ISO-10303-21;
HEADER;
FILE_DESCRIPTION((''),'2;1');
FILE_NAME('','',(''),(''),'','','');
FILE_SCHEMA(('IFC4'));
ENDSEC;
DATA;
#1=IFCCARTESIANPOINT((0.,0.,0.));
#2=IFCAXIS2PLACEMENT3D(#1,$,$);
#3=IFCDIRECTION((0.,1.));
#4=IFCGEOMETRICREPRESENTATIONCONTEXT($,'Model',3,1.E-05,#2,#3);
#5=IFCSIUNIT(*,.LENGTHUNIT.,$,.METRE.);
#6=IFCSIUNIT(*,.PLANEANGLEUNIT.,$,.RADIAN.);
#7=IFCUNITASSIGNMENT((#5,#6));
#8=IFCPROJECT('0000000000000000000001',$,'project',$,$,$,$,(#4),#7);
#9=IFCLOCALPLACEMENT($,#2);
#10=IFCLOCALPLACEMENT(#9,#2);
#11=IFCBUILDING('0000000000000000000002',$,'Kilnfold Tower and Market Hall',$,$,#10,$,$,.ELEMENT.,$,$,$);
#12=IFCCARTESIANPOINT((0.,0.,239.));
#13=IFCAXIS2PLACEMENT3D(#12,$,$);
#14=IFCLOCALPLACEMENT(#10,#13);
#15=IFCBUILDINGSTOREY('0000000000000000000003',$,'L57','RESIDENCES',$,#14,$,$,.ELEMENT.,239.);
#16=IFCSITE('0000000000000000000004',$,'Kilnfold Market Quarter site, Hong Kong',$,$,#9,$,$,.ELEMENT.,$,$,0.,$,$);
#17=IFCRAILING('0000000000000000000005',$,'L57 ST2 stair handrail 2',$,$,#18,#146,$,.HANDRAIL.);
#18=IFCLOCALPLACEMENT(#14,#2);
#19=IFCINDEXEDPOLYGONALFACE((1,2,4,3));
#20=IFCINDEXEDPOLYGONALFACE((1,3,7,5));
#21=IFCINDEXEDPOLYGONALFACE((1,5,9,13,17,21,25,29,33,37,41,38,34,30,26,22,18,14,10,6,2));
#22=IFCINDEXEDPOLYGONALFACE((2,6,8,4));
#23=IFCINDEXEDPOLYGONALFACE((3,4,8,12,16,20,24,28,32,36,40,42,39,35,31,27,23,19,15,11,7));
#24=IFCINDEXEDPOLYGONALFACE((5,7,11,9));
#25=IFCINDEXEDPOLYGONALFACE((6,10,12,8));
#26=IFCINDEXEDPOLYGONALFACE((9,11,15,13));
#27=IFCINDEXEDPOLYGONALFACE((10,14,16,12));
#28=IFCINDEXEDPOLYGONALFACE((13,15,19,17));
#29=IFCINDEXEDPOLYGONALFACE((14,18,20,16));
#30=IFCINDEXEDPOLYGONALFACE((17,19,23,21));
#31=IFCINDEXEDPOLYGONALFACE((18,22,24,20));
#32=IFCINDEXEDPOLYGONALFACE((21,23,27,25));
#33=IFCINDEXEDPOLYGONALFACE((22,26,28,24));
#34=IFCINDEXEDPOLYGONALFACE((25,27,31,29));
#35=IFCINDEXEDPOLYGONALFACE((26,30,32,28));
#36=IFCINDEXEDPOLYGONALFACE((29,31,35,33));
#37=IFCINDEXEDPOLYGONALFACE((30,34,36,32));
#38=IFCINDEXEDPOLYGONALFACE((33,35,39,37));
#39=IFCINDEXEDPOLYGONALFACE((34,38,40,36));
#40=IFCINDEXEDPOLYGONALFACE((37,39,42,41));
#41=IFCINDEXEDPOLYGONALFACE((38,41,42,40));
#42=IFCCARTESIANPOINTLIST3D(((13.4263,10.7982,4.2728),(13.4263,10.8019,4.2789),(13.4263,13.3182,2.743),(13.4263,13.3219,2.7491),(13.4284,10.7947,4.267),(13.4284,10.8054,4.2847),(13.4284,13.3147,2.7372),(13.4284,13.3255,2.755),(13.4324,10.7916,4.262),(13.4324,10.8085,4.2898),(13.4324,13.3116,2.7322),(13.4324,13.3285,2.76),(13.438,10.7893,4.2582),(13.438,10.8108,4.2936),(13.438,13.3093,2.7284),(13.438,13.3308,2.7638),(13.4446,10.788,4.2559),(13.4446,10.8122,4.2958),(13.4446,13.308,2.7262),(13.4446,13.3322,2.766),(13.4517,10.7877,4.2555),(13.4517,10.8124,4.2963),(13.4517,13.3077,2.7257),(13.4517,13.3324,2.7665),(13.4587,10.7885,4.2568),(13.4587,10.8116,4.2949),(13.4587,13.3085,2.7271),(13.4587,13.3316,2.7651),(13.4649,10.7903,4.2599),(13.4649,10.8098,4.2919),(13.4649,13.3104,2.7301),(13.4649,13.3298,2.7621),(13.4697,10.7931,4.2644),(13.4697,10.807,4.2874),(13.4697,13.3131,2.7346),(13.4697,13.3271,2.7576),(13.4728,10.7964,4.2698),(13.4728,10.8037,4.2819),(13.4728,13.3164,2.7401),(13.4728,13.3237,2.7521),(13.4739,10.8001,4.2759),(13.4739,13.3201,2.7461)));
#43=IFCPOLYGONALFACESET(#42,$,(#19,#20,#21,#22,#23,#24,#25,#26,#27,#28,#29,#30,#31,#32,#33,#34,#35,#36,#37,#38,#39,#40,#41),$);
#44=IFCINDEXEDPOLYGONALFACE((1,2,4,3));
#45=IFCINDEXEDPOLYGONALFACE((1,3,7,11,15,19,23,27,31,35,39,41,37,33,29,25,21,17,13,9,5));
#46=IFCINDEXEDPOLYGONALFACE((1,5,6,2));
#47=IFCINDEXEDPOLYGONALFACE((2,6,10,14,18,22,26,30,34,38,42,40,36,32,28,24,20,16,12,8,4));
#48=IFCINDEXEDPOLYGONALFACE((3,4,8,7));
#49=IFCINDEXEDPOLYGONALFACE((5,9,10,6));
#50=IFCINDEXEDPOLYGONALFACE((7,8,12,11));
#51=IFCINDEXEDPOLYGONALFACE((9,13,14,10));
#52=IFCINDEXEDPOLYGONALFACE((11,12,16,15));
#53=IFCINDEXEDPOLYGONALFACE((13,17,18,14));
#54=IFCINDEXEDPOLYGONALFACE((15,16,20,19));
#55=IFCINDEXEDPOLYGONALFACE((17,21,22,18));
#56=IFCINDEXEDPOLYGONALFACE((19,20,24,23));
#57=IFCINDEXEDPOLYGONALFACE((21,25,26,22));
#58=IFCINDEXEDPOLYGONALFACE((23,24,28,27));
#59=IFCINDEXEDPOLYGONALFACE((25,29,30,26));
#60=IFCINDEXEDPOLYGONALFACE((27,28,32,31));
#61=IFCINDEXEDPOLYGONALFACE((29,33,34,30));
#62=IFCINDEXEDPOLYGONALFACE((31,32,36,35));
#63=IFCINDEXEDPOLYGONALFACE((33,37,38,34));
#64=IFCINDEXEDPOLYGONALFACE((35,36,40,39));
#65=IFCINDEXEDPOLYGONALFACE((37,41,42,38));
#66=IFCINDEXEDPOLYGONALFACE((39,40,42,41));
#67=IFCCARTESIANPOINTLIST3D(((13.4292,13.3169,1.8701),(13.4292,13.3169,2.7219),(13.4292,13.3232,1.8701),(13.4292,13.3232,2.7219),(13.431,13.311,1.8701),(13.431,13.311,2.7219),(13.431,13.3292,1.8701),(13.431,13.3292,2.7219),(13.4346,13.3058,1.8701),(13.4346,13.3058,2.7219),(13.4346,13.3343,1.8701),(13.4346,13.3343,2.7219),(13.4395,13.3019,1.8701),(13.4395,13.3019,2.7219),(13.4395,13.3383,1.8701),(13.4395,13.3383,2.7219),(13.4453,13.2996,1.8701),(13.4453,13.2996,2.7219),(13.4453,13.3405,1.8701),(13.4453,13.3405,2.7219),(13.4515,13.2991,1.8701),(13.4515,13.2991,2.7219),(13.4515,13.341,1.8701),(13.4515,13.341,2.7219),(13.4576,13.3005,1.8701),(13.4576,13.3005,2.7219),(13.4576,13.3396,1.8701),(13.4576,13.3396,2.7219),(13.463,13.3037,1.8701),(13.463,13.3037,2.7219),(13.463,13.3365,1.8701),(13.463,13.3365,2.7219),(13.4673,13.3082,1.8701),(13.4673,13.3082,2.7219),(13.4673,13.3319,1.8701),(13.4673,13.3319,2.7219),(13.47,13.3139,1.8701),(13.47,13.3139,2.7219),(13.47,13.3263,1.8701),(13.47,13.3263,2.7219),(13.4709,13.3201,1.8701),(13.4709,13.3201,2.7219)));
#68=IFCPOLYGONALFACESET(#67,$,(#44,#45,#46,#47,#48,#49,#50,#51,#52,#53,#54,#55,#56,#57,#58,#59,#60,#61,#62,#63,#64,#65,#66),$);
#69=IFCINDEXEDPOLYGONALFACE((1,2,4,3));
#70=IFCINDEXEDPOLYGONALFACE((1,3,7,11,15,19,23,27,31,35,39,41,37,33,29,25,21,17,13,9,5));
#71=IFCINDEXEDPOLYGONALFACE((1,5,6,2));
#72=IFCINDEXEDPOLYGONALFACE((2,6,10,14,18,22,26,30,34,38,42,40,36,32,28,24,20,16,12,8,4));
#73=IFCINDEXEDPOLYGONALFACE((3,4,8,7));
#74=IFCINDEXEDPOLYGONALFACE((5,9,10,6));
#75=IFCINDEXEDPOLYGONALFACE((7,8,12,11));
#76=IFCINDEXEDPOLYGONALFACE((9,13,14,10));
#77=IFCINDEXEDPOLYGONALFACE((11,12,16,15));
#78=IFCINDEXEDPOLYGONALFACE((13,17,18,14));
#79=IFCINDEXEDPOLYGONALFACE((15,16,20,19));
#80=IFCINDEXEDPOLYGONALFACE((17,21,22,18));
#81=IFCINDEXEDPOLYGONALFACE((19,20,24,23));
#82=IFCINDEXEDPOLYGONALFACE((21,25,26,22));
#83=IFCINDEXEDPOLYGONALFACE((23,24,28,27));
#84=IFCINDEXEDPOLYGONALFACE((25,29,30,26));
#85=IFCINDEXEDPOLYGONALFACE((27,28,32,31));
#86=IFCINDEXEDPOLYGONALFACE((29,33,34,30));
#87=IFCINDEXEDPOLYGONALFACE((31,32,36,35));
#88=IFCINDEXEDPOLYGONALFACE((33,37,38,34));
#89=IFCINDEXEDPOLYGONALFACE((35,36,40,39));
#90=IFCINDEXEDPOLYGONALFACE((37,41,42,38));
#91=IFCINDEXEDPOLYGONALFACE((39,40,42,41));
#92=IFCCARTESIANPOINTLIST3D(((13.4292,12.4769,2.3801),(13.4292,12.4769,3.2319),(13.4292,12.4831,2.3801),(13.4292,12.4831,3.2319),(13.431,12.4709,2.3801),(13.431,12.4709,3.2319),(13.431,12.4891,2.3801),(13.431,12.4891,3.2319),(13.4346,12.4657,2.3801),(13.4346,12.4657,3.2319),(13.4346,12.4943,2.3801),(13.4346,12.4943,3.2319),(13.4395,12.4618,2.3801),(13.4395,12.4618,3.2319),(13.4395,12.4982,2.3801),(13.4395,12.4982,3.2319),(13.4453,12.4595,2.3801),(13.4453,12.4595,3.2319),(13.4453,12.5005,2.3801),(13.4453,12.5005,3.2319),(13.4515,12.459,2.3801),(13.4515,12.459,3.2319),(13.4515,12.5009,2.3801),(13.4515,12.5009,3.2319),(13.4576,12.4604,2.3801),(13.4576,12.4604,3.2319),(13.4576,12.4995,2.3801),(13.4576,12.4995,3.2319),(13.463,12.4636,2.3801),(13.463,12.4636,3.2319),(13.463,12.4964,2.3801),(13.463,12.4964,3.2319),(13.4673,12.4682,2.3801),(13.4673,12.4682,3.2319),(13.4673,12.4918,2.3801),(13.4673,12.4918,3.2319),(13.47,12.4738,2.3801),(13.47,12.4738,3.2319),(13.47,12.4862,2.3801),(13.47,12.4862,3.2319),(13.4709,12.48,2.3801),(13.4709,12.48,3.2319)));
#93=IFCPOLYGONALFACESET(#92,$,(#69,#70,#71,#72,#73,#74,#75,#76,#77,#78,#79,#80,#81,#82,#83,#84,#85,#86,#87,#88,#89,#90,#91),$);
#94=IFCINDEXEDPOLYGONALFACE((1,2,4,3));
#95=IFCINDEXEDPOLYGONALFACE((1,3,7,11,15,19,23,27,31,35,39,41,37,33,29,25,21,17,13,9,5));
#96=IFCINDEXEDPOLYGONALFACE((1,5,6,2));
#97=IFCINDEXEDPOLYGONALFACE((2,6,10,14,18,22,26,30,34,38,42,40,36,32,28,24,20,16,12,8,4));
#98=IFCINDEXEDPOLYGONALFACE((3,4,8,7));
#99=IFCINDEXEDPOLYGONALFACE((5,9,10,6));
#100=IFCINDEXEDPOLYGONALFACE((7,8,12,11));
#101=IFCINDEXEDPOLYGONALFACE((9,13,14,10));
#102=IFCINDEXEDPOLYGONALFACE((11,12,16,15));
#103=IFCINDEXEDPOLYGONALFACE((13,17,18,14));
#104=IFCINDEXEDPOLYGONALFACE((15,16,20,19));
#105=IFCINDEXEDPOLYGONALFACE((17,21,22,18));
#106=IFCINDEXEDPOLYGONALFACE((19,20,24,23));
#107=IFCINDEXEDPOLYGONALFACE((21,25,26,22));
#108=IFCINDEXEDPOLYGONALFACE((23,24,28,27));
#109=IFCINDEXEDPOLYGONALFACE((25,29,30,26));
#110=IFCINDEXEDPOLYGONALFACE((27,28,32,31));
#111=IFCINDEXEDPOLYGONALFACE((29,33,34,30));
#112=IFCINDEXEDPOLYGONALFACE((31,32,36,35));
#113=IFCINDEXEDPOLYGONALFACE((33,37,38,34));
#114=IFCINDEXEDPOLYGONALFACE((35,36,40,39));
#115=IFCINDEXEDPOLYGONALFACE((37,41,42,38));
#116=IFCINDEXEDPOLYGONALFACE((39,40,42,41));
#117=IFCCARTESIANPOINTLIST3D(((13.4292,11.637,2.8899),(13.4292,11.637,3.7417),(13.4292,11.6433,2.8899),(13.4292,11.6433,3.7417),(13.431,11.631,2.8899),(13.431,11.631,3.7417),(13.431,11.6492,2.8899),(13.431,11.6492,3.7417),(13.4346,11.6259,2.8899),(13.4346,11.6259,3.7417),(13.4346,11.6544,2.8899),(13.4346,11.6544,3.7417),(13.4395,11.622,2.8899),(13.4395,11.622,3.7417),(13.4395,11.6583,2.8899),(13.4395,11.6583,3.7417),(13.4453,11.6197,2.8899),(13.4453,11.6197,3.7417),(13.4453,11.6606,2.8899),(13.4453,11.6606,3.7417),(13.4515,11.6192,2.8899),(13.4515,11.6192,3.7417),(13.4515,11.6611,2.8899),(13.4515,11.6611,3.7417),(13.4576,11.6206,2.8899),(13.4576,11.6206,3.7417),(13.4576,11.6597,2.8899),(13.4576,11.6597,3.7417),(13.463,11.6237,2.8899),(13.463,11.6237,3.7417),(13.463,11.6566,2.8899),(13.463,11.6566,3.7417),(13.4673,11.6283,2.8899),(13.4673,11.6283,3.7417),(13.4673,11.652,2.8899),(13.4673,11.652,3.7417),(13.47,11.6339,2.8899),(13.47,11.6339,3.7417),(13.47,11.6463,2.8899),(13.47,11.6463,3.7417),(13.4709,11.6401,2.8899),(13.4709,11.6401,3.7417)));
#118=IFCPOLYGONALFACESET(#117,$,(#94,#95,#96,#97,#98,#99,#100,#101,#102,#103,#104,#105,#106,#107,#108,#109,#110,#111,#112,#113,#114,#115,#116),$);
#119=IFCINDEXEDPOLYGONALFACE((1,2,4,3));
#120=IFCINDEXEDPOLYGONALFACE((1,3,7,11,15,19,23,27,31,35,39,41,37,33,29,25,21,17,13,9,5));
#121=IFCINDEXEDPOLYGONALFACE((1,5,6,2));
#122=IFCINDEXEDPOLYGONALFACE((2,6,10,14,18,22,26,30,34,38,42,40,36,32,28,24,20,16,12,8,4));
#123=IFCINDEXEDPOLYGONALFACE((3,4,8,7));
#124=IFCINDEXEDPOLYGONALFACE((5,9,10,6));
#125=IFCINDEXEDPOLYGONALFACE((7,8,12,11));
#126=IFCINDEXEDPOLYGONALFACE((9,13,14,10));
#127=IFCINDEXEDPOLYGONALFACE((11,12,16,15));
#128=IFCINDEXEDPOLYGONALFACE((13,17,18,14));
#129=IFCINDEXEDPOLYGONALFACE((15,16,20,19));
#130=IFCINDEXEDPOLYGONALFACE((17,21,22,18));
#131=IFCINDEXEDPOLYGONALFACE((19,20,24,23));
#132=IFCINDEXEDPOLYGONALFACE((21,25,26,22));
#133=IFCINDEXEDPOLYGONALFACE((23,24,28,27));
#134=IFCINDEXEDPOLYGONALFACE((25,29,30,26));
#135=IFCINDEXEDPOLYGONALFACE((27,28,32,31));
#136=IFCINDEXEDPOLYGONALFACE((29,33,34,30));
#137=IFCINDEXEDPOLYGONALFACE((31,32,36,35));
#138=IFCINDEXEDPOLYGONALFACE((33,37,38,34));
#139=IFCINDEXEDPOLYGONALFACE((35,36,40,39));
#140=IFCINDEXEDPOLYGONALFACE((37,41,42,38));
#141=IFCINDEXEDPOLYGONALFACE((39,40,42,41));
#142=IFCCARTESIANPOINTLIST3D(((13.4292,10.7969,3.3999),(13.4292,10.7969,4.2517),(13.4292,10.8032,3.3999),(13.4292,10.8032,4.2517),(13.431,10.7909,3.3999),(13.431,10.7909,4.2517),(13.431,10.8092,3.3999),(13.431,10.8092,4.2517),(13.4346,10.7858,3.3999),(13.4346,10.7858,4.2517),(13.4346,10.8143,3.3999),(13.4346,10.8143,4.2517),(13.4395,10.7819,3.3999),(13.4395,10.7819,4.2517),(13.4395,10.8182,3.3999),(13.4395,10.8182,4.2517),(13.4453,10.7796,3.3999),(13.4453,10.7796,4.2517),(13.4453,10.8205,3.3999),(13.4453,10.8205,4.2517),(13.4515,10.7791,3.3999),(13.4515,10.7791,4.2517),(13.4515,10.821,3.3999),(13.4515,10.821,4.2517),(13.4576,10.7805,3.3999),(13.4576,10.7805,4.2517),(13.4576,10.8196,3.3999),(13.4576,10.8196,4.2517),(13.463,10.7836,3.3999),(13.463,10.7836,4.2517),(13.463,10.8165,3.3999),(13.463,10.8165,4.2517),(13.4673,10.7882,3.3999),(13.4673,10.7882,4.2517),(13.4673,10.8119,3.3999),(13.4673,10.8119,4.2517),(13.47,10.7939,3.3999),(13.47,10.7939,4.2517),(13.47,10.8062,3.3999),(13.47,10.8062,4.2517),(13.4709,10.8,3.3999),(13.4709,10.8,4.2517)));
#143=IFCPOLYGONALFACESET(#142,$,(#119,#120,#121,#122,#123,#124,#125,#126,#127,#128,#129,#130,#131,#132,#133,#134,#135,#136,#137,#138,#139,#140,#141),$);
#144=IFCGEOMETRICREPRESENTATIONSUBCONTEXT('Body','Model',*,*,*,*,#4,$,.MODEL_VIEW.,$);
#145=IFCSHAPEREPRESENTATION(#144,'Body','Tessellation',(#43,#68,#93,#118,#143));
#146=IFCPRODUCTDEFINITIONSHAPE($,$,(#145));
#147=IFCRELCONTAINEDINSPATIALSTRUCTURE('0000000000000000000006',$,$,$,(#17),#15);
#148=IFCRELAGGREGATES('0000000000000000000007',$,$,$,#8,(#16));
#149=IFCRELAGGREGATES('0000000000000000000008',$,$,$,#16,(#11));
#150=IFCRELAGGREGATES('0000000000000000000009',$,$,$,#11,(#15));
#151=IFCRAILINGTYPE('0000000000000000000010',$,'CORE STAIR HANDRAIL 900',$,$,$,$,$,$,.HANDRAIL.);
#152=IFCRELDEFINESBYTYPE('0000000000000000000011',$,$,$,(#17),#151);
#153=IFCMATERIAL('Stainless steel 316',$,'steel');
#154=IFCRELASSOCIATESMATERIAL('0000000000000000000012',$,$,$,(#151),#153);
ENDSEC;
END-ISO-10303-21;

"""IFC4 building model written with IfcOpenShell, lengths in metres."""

from ifc_helpers import new_model, si_unit, direction, frame, origin, origin_2d, place, context, subcontext, project, spatial, circle, extrude, material, type_object, element, save


model = new_model("IFC4")

# Units and contexts
model_context = context("Model", 3, precision=1e-05, world=origin(), true_north=direction((0.0, 1.0)))
body_context = subcontext(model_context, "Body", "Model", "MODEL_VIEW")
ifc_project = project(units=[si_unit("LENGTHUNIT", "METRE"), si_unit("PLANEANGLEUNIT", "RADIAN")], contexts=[model_context])

# Site, building, storey
site_placement = place(None, origin())
site = spatial("IfcSite", under=ifc_project, at=site_placement, Name="Kilnfold Market Quarter site, Hong Kong", CompositionType="ELEMENT", RefElevation=0.0)
building_placement = place(site_placement, origin())
building = spatial("IfcBuilding", under=site, at=building_placement, Name="Kilnfold Tower and Market Hall", CompositionType="ELEMENT")
storey_placement = place(building_placement, frame((0.0, 0.0, 239.0)))
storey = spatial("IfcBuildingStorey", under=building, at=storey_placement, Name="L57", Description="RESIDENCES", CompositionType="ELEMENT", Elevation=239.0)

# Railing
ifc_material_1 = material(Name="Stainless steel 316", Category="steel")
railing_type_1 = type_object("IfcRailingType", Name="CORE STAIR HANDRAIL 900", PredefinedType="HANDRAIL", material=ifc_material_1)
railing_1_placement = place(storey_placement, frame((13.45, 13.3201, 1.8701)))
element("IfcRailing", 1, at=railing_1_placement, inside=storey, type_object=railing_type_1, Name="L57 ST2 stair handrail 2", PredefinedType="HANDRAIL", context=body_context, shape_type="SweptSolid", body=[
    extrude(circle(Radius=0.0239, at=origin_2d()), frame((0.0, 0.0, 0.876), z_axis=(0.0, -0.854822, 0.518922), x_axis=(1.0, 0.0, 0.0)), (0.0, 0.0, 1.0), 2.948),
    extrude(circle(Radius=0.021, at=origin_2d()), origin(), (0.0, 0.0, 1.0), 0.8518),
    extrude(circle(Radius=0.021, at=origin_2d()), frame((0.0, -0.8401, 0.51)), (0.0, 0.0, 1.0), 0.8518),
    extrude(circle(Radius=0.021, at=origin_2d()), frame((0.0, -1.6799, 1.0198)), (0.0, 0.0, 1.0), 0.8518),
    extrude(circle(Radius=0.021, at=origin_2d()), frame((0.0, -2.52, 1.5298)), (0.0, 0.0, 1.0), 0.8518),
])

save(model, "model.ifc")
